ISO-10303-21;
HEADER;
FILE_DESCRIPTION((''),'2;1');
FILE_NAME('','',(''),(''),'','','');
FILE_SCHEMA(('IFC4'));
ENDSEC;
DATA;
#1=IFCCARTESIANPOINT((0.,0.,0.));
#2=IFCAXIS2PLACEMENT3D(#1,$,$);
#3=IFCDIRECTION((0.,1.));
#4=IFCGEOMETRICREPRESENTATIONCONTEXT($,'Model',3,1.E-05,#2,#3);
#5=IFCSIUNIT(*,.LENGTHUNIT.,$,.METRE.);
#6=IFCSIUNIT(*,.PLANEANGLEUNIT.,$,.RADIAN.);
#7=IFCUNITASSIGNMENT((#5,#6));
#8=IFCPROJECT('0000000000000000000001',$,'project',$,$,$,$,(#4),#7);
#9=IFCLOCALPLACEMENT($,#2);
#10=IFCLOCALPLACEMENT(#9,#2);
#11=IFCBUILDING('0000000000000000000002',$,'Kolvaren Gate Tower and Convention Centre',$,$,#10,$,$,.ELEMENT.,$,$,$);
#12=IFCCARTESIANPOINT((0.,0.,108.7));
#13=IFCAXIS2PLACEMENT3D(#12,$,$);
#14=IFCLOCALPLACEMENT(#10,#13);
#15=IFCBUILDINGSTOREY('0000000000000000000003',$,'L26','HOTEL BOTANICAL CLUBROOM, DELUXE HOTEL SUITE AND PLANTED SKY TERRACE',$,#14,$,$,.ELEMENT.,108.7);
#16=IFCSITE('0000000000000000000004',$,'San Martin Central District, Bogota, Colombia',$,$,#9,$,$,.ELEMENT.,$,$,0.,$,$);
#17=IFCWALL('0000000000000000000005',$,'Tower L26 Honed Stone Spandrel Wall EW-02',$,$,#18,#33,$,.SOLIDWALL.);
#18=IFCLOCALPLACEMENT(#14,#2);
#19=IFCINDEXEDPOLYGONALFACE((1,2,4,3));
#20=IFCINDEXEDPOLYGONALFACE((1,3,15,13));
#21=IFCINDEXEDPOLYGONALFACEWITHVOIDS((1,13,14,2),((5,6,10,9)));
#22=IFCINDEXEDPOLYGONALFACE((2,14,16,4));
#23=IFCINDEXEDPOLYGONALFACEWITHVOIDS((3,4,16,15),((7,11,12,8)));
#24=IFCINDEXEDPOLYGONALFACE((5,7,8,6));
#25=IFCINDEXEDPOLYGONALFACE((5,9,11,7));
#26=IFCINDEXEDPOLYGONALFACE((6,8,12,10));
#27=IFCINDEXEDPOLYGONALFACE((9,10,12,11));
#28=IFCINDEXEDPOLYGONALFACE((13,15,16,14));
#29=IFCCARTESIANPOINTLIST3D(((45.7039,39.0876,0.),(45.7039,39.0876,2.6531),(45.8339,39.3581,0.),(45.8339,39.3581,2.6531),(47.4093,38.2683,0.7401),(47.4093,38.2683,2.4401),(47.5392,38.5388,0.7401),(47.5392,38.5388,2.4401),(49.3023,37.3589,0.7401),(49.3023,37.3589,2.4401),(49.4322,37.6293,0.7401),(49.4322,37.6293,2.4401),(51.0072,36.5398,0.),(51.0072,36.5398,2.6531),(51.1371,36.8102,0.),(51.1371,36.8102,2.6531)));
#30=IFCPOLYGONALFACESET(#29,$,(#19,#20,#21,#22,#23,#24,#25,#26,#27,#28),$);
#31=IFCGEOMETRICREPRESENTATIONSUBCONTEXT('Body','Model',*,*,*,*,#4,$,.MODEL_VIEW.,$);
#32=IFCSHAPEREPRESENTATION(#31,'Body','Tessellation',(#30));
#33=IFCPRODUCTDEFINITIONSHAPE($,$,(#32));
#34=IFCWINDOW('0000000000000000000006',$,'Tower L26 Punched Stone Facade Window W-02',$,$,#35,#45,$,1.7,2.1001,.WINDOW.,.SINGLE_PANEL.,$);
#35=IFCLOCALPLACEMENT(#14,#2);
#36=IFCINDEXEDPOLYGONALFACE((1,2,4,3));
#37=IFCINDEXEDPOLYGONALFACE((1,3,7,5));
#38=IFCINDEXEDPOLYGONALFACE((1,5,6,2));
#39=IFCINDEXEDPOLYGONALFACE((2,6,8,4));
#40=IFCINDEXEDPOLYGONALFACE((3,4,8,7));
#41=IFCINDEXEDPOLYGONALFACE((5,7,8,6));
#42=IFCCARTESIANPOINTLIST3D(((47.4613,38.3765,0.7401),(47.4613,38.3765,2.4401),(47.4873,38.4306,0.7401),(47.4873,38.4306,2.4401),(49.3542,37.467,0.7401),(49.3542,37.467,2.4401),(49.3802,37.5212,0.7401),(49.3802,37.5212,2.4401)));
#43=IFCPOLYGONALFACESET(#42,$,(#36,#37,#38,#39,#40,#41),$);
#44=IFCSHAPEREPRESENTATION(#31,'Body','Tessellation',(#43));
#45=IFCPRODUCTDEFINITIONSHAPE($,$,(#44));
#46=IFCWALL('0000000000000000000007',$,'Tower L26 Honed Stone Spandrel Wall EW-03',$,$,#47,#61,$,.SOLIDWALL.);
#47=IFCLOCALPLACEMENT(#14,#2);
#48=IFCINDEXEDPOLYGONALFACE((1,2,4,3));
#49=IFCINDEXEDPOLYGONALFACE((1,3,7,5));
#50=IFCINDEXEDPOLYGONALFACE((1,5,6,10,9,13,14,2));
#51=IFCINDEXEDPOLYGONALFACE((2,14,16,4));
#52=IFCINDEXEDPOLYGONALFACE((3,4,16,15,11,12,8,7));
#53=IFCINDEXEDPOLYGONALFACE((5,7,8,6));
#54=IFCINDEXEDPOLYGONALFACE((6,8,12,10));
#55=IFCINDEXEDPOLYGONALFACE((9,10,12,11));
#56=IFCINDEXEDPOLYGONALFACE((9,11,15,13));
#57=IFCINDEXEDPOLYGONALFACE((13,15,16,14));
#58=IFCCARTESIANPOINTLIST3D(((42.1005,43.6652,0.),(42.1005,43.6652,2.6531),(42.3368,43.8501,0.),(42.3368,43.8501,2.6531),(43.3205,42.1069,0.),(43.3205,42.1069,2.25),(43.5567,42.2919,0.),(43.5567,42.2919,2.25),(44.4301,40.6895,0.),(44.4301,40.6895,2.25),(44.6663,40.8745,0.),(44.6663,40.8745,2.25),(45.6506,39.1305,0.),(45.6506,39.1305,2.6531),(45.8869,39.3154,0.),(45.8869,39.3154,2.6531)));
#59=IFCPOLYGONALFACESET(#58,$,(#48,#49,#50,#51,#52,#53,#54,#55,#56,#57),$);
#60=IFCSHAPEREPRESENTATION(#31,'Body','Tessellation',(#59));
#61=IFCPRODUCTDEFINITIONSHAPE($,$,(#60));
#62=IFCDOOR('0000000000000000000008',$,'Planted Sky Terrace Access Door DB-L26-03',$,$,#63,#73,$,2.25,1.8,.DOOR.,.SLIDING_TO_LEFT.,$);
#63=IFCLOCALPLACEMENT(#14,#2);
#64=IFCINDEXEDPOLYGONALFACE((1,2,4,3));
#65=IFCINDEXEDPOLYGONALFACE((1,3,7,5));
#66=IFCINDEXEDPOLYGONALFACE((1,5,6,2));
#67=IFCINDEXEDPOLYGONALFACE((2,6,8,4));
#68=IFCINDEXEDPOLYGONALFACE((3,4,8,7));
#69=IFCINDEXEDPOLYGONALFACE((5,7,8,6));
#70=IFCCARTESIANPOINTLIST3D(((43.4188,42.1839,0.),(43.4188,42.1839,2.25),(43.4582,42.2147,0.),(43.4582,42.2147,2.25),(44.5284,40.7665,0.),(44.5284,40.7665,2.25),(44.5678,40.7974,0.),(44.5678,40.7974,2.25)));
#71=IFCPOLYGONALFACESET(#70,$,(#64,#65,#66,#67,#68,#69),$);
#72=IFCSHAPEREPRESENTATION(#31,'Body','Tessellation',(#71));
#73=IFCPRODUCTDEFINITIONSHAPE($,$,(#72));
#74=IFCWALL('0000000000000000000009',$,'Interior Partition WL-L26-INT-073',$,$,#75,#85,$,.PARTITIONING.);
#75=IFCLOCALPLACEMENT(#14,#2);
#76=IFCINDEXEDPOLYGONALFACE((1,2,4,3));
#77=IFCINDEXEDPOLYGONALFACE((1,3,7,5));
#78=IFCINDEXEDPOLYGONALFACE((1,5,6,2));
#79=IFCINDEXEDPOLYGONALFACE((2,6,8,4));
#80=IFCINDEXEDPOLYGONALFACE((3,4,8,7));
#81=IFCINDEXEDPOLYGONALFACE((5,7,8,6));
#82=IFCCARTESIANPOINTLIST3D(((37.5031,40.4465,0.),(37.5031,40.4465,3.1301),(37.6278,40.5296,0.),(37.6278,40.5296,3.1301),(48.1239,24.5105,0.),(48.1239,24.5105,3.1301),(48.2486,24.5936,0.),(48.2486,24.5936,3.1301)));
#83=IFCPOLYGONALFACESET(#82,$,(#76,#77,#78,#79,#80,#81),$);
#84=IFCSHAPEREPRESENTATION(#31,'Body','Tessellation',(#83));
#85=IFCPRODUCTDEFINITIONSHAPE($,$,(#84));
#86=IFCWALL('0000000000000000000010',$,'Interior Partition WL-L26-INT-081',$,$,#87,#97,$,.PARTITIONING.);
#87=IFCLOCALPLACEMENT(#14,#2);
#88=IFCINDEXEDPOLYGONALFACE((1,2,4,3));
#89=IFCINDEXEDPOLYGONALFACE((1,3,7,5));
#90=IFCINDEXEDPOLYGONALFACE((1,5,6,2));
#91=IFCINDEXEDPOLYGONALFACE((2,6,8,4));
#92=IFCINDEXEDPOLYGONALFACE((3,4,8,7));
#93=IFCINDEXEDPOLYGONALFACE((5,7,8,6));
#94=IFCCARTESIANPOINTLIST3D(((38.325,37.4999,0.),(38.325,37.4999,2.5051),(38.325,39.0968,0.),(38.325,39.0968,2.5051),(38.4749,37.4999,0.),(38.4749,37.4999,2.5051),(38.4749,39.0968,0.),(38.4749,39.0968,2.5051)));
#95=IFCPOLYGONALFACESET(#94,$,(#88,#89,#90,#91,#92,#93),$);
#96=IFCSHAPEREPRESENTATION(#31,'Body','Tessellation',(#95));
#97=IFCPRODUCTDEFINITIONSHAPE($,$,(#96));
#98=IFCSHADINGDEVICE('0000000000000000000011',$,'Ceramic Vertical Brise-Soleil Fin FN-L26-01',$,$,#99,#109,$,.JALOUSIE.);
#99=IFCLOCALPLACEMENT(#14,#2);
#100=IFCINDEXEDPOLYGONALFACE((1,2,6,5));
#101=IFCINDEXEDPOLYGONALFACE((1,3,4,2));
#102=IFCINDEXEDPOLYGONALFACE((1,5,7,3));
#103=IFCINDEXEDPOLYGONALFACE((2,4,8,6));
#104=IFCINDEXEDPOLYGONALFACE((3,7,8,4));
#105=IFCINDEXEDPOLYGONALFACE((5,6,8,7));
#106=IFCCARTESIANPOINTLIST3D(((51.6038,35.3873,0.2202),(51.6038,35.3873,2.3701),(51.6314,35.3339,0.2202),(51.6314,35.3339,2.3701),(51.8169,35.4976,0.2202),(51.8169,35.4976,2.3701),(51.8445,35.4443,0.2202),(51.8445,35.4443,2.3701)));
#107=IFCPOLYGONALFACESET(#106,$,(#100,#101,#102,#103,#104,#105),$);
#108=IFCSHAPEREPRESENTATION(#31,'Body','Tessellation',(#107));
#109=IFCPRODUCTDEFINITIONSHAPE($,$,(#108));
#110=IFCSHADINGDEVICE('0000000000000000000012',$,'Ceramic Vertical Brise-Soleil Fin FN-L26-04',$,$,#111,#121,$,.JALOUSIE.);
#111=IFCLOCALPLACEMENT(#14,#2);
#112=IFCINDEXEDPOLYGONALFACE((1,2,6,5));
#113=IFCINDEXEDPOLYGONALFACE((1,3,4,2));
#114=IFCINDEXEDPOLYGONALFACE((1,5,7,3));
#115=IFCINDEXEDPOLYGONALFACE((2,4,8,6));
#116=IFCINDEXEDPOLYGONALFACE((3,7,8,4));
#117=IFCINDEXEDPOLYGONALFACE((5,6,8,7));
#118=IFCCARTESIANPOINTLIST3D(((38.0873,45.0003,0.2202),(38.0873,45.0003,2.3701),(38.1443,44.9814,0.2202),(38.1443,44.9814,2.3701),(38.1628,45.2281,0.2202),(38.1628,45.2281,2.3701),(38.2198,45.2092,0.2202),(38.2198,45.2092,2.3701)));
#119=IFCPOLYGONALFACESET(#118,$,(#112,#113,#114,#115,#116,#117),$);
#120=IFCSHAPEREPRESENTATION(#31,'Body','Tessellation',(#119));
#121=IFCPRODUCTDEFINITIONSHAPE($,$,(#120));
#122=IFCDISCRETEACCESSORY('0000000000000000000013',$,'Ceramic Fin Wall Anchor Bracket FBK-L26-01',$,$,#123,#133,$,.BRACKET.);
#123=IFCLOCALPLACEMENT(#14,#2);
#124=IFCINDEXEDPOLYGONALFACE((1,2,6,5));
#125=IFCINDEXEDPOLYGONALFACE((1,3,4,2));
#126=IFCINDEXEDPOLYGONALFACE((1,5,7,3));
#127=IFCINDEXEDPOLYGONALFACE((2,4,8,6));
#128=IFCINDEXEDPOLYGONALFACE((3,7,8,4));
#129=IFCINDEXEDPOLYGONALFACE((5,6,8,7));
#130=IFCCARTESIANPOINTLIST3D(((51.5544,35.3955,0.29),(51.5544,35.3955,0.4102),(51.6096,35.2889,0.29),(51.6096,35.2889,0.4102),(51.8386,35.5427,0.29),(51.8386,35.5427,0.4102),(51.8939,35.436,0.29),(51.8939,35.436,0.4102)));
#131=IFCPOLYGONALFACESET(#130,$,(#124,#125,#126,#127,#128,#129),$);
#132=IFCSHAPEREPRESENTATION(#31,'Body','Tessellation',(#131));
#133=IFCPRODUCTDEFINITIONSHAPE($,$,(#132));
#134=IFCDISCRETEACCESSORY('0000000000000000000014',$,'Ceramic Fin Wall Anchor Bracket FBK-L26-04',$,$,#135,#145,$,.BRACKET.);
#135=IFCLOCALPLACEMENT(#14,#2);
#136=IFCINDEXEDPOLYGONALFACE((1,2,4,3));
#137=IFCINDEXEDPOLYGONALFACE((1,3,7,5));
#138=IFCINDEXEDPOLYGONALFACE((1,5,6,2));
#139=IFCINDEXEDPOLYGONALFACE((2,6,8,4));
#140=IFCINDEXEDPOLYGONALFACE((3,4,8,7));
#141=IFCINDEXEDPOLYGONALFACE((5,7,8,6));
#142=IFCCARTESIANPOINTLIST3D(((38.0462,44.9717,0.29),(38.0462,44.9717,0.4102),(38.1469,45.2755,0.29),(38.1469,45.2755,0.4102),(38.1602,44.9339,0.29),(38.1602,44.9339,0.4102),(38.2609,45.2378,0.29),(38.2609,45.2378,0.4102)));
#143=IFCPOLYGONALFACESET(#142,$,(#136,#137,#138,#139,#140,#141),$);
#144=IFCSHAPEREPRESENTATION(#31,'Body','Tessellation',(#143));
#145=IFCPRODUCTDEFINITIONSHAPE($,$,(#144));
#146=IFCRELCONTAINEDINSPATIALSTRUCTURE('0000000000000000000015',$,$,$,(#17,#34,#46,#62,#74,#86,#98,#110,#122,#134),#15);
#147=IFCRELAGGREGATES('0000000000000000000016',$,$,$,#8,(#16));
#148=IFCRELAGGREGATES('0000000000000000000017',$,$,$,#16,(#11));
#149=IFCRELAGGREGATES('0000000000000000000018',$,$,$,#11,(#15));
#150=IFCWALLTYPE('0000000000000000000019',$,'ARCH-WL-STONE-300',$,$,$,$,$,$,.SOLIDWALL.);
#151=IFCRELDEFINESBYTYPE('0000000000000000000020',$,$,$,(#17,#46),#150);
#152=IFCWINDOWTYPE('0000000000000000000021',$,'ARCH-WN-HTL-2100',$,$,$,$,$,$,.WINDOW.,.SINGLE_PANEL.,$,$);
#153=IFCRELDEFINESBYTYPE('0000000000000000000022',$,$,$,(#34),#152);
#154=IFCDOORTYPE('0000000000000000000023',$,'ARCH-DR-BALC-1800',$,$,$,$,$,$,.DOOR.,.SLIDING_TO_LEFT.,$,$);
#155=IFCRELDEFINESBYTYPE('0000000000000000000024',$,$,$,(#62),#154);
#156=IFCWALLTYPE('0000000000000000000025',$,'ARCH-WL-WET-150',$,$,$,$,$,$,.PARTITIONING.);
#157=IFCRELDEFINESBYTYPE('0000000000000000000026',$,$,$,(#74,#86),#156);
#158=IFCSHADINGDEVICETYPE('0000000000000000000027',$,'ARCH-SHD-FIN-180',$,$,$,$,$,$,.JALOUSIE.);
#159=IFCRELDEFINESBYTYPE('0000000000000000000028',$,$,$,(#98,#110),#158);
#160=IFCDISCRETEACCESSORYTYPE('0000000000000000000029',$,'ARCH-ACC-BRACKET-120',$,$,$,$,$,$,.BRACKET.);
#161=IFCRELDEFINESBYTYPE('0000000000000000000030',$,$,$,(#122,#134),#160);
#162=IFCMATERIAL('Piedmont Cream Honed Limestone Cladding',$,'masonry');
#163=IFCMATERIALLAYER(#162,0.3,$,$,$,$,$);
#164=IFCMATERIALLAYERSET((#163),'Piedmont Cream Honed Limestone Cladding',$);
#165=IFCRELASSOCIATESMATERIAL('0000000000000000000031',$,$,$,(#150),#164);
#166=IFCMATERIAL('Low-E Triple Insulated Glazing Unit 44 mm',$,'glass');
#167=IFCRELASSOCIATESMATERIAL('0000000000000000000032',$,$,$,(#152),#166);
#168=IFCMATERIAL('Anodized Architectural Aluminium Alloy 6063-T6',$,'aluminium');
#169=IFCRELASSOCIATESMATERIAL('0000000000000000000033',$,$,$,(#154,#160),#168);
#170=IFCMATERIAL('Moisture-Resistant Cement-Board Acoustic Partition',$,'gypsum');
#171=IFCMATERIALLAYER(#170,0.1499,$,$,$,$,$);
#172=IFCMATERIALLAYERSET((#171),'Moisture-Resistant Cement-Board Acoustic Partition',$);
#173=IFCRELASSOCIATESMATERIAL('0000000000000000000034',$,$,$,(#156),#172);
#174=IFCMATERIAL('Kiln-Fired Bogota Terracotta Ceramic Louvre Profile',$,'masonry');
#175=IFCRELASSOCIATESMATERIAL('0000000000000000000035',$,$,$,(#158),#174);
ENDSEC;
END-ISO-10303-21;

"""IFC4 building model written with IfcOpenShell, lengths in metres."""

from ifc_helpers import new_model, si_unit, direction, frame, frame_2d, origin, origin_2d, place, context, subcontext, project, spatial, rectangle, extrude, material, layer, layer_set, type_object, element, fill, save


model = new_model("IFC4")

# Units and contexts
model_context = context("Model", 3, precision=1e-05, world=origin(), true_north=direction((0.0, 1.0)))
body_context = subcontext(model_context, "Body", "Model", "MODEL_VIEW")
ifc_project = project(units=[si_unit("LENGTHUNIT", "METRE"), si_unit("PLANEANGLEUNIT", "RADIAN")], contexts=[model_context])

# Site, building, storey
site_placement = place(None, origin())
site = spatial("IfcSite", under=ifc_project, at=site_placement, Name="San Martin Central District, Bogota, Colombia", CompositionType="ELEMENT", RefElevation=0.0)
building_placement = place(site_placement, origin())
building = spatial("IfcBuilding", under=site, at=building_placement, Name="Kolvaren Gate Tower and Convention Centre", CompositionType="ELEMENT")
storey_placement = place(building_placement, frame((0.0, 0.0, 108.7)))
storey = spatial("IfcBuildingStorey", under=building, at=storey_placement, Name="L26", Description="HOTEL BOTANICAL CLUBROOM, DELUXE HOTEL SUITE AND PLANTED SKY TERRACE", CompositionType="ELEMENT", Elevation=108.7)

# Shared definitions
ifc_material_1 = material(Name="Piedmont Cream Honed Limestone Cladding", Category="masonry")

# Wall, opening, window
ifc_layer_1 = layer(ifc_material_1, 0.3)
ifc_layer_set_1 = layer_set([ifc_layer_1], Name="Piedmont Cream Honed Limestone Cladding")
wall_type_1 = type_object("IfcWallType", Name="ARCH-WL-STONE-300", PredefinedType="SOLIDWALL", material=ifc_layer_set_1)
ifc_material_2 = material(Name="Low-E Triple Insulated Glazing Unit 44 mm", Category="glass")
window_type = type_object("IfcWindowType", Name="ARCH-WN-HTL-2100", PartitioningType="SINGLE_PANEL", PredefinedType="WINDOW", material=ifc_material_2)
wall_1_placement = place(storey_placement, frame((45.7688, 39.2229, 0.0), z_axis=(0.0, 0.0, 1.0), x_axis=(0.90137, -0.433049, 0.0)))
wall_1 = element("IfcWall", 1, at=wall_1_placement, inside=storey, type_object=wall_type_1, Name="Tower L26 Honed Stone Spandrel Wall EW-02", PredefinedType="SOLIDWALL", context=body_context, shape_type="SweptSolid", body=[
    extrude(rectangle(XDim=5.8835, YDim=0.3, at=frame_2d((2.9419, 0.0))), origin(), (0.0, 0.0, 1.0), 2.6531),
])
opening_1_placement = place(wall_1_placement, frame((1.8921, 0.0, 0.74)))
opening_1 = element("IfcOpeningElement", 2, at=opening_1_placement, cuts=wall_1, PredefinedType="OPENING", context=body_context, shape_type="SweptSolid", body=[
    extrude(rectangle(XDim=2.1001, YDim=1.7, at=frame_2d((1.05, 0.8501))), frame((0.0, 0.1599, 0.0), z_axis=(0.0, -1.0, 0.0), x_axis=(1.0, 0.0, 0.0)), (0.0, 0.0, 1.0), 0.3201),
])
window_1_placement = place(opening_1_placement, origin())
window_1 = element("IfcWindow", 3, at=window_1_placement, inside=storey, type_object=window_type, Name="Tower L26 Punched Stone Facade Window W-02", OverallHeight=1.7, OverallWidth=2.1001, PartitioningType="SINGLE_PANEL", PredefinedType="WINDOW", context=body_context, shape_type="SweptSolid", body=[
    extrude(rectangle(XDim=2.1001, YDim=1.7, at=frame_2d((1.05, 0.8501))), frame((0.0, 0.03, 0.0), z_axis=(0.0, -1.0, 0.0), x_axis=(1.0, 0.0, 0.0)), (0.0, 0.0, 1.0), 0.0601),
])
fill(opening_1, window_1)

# Wall, opening, door
wall_2_placement = place(storey_placement, frame((42.2188, 43.7576, 0.0), z_axis=(0.0, 0.0, 1.0), x_axis=(0.616435, -0.787406, 0.0)))
wall_2 = element("IfcWall", 4, at=wall_2_placement, inside=storey, type_object=wall_type_1, Name="Tower L26 Honed Stone Spandrel Wall EW-03", PredefinedType="SOLIDWALL", context=body_context, shape_type="SweptSolid", body=[
    extrude(rectangle(XDim=5.759, YDim=0.3, at=frame_2d((2.8794, 0.0))), origin(), (0.0, 0.0, 1.0), 2.6531),
])
opening_2_placement = place(wall_2_placement, frame((1.979, 0.0, 0.0)))
opening_2 = element("IfcOpeningElement", 5, at=opening_2_placement, cuts=wall_2, PredefinedType="OPENING", context=body_context, shape_type="SweptSolid", body=[
    extrude(rectangle(XDim=1.8, YDim=2.25, at=frame_2d((0.8999, 1.125))), frame((0.0, 0.1599, 0.0), z_axis=(0.0, -1.0, 0.0), x_axis=(1.0, 0.0, 0.0)), (0.0, 0.0, 1.0), 0.3201),
])
ifc_material_3 = material(Name="Anodized Architectural Aluminium Alloy 6063-T6", Category="aluminium")
door_type = type_object("IfcDoorType", Name="ARCH-DR-BALC-1800", OperationType="SLIDING_TO_LEFT", PredefinedType="DOOR", material=ifc_material_3)
door_placement = place(opening_2_placement, origin())
door = element("IfcDoor", 6, at=door_placement, inside=storey, type_object=door_type, Name="Planted Sky Terrace Access Door DB-L26-03", OperationType="SLIDING_TO_LEFT", OverallHeight=2.25, OverallWidth=1.8, PredefinedType="DOOR", context=body_context, shape_type="SweptSolid", body=[
    extrude(rectangle(XDim=1.8, YDim=2.25, at=frame_2d((0.8999, 1.125))), frame((0.0, 0.0249, 0.0), z_axis=(0.0, -1.0, 0.0), x_axis=(1.0, 0.0, 0.0)), (0.0, 0.0, 1.0), 0.05),
])
fill(opening_2, door)

# Walls
ifc_material_4 = material(Name="Moisture-Resistant Cement-Board Acoustic Partition", Category="gypsum")
ifc_layer_2 = layer(ifc_material_4, 0.1499)
ifc_layer_set_2 = layer_set([ifc_layer_2], Name="Moisture-Resistant Cement-Board Acoustic Partition")
wall_type_2 = type_object("IfcWallType", Name="ARCH-WL-WET-150", PredefinedType="PARTITIONING", material=ifc_layer_set_2)
wall_3_placement = place(storey_placement, frame((37.5654, 40.488, 0.0), z_axis=(0.0, 0.0, 1.0), x_axis=(0.554585, -0.832127, 0.0)))
element("IfcWall", 7, at=wall_3_placement, inside=storey, type_object=wall_type_2, Name="Interior Partition WL-L26-INT-073", PredefinedType="PARTITIONING", context=body_context, shape_type="SweptSolid", body=[
    extrude(rectangle(XDim=19.1509, YDim=0.1499, at=frame_2d((9.5754, 0.0))), origin(), (0.0, 0.0, 1.0), 3.1301),
])
wall_4_placement = place(storey_placement, frame((38.3999, 37.5, 0.0), z_axis=(0.0, 0.0, 1.0), x_axis=(0.0, 1.0, 0.0)))
element("IfcWall", 8, at=wall_4_placement, inside=storey, type_object=wall_type_2, Name="Interior Partition WL-L26-INT-081", PredefinedType="PARTITIONING", context=body_context, shape_type="SweptSolid", body=[
    extrude(rectangle(XDim=1.5969, YDim=0.1499, at=frame_2d((0.7983, 0.0))), origin(), (0.0, 0.0, 1.0), 2.5051),
])

# Shading devices
ifc_material_5 = material(Name="Kiln-Fired Bogota Terracotta Ceramic Louvre Profile", Category="masonry")
shading_device_type = type_object("IfcShadingDeviceType", Name="ARCH-SHD-FIN-180", PredefinedType="JALOUSIE", material=ifc_material_5)
for number, where, z_axis, x_axis, name in (
    (9, (51.7241, 35.4158, 0.2202), (0.0, 0.0, 1.0), (0.459781, -0.888032, 0.0), "Ceramic Vertical Brise-Soleil Fin FN-L26-01"),
    (10, (38.1536, 45.1047, 0.2202), (0.0, 0.0, 1.0), (0.94924, -0.314552, 0.0), "Ceramic Vertical Brise-Soleil Fin FN-L26-04"),
):
    element("IfcShadingDevice", number, at=place(storey_placement, frame(where, z_axis=z_axis, x_axis=x_axis)), inside=storey, type_object=shading_device_type, Name=name, PredefinedType="JALOUSIE", context=body_context, shape_type="SweptSolid", body=[
        extrude(rectangle(XDim=0.0601, YDim=0.24, at=origin_2d()), origin(), (0.0, 0.0, 1.0), 2.1499),
    ])

# Discrete accessories
discrete_accessory_type = type_object("IfcDiscreteAccessoryType", Name="ARCH-ACC-BRACKET-120", PredefinedType="BRACKET", material=ifc_material_3)
for number, where, z_axis, x_axis, name in (
    (11, (51.7241, 35.4158, 0.29), (0.0, 0.0, 1.0), (0.459781, -0.888032, 0.0), "Ceramic Fin Wall Anchor Bracket FBK-L26-01"),
    (12, (38.1536, 45.1047, 0.29), (0.0, 0.0, 1.0), (0.94924, -0.314552, 0.0), "Ceramic Fin Wall Anchor Bracket FBK-L26-04"),
):
    element("IfcDiscreteAccessory", number, at=place(storey_placement, frame(where, z_axis=z_axis, x_axis=x_axis)), inside=storey, type_object=discrete_accessory_type, Name=name, PredefinedType="BRACKET", context=body_context, shape_type="SweptSolid", body=[
        extrude(rectangle(XDim=0.1201, YDim=0.3201, at=origin_2d()), origin(), (0.0, 0.0, 1.0), 0.1201),
    ])

save(model, "model.ifc")
